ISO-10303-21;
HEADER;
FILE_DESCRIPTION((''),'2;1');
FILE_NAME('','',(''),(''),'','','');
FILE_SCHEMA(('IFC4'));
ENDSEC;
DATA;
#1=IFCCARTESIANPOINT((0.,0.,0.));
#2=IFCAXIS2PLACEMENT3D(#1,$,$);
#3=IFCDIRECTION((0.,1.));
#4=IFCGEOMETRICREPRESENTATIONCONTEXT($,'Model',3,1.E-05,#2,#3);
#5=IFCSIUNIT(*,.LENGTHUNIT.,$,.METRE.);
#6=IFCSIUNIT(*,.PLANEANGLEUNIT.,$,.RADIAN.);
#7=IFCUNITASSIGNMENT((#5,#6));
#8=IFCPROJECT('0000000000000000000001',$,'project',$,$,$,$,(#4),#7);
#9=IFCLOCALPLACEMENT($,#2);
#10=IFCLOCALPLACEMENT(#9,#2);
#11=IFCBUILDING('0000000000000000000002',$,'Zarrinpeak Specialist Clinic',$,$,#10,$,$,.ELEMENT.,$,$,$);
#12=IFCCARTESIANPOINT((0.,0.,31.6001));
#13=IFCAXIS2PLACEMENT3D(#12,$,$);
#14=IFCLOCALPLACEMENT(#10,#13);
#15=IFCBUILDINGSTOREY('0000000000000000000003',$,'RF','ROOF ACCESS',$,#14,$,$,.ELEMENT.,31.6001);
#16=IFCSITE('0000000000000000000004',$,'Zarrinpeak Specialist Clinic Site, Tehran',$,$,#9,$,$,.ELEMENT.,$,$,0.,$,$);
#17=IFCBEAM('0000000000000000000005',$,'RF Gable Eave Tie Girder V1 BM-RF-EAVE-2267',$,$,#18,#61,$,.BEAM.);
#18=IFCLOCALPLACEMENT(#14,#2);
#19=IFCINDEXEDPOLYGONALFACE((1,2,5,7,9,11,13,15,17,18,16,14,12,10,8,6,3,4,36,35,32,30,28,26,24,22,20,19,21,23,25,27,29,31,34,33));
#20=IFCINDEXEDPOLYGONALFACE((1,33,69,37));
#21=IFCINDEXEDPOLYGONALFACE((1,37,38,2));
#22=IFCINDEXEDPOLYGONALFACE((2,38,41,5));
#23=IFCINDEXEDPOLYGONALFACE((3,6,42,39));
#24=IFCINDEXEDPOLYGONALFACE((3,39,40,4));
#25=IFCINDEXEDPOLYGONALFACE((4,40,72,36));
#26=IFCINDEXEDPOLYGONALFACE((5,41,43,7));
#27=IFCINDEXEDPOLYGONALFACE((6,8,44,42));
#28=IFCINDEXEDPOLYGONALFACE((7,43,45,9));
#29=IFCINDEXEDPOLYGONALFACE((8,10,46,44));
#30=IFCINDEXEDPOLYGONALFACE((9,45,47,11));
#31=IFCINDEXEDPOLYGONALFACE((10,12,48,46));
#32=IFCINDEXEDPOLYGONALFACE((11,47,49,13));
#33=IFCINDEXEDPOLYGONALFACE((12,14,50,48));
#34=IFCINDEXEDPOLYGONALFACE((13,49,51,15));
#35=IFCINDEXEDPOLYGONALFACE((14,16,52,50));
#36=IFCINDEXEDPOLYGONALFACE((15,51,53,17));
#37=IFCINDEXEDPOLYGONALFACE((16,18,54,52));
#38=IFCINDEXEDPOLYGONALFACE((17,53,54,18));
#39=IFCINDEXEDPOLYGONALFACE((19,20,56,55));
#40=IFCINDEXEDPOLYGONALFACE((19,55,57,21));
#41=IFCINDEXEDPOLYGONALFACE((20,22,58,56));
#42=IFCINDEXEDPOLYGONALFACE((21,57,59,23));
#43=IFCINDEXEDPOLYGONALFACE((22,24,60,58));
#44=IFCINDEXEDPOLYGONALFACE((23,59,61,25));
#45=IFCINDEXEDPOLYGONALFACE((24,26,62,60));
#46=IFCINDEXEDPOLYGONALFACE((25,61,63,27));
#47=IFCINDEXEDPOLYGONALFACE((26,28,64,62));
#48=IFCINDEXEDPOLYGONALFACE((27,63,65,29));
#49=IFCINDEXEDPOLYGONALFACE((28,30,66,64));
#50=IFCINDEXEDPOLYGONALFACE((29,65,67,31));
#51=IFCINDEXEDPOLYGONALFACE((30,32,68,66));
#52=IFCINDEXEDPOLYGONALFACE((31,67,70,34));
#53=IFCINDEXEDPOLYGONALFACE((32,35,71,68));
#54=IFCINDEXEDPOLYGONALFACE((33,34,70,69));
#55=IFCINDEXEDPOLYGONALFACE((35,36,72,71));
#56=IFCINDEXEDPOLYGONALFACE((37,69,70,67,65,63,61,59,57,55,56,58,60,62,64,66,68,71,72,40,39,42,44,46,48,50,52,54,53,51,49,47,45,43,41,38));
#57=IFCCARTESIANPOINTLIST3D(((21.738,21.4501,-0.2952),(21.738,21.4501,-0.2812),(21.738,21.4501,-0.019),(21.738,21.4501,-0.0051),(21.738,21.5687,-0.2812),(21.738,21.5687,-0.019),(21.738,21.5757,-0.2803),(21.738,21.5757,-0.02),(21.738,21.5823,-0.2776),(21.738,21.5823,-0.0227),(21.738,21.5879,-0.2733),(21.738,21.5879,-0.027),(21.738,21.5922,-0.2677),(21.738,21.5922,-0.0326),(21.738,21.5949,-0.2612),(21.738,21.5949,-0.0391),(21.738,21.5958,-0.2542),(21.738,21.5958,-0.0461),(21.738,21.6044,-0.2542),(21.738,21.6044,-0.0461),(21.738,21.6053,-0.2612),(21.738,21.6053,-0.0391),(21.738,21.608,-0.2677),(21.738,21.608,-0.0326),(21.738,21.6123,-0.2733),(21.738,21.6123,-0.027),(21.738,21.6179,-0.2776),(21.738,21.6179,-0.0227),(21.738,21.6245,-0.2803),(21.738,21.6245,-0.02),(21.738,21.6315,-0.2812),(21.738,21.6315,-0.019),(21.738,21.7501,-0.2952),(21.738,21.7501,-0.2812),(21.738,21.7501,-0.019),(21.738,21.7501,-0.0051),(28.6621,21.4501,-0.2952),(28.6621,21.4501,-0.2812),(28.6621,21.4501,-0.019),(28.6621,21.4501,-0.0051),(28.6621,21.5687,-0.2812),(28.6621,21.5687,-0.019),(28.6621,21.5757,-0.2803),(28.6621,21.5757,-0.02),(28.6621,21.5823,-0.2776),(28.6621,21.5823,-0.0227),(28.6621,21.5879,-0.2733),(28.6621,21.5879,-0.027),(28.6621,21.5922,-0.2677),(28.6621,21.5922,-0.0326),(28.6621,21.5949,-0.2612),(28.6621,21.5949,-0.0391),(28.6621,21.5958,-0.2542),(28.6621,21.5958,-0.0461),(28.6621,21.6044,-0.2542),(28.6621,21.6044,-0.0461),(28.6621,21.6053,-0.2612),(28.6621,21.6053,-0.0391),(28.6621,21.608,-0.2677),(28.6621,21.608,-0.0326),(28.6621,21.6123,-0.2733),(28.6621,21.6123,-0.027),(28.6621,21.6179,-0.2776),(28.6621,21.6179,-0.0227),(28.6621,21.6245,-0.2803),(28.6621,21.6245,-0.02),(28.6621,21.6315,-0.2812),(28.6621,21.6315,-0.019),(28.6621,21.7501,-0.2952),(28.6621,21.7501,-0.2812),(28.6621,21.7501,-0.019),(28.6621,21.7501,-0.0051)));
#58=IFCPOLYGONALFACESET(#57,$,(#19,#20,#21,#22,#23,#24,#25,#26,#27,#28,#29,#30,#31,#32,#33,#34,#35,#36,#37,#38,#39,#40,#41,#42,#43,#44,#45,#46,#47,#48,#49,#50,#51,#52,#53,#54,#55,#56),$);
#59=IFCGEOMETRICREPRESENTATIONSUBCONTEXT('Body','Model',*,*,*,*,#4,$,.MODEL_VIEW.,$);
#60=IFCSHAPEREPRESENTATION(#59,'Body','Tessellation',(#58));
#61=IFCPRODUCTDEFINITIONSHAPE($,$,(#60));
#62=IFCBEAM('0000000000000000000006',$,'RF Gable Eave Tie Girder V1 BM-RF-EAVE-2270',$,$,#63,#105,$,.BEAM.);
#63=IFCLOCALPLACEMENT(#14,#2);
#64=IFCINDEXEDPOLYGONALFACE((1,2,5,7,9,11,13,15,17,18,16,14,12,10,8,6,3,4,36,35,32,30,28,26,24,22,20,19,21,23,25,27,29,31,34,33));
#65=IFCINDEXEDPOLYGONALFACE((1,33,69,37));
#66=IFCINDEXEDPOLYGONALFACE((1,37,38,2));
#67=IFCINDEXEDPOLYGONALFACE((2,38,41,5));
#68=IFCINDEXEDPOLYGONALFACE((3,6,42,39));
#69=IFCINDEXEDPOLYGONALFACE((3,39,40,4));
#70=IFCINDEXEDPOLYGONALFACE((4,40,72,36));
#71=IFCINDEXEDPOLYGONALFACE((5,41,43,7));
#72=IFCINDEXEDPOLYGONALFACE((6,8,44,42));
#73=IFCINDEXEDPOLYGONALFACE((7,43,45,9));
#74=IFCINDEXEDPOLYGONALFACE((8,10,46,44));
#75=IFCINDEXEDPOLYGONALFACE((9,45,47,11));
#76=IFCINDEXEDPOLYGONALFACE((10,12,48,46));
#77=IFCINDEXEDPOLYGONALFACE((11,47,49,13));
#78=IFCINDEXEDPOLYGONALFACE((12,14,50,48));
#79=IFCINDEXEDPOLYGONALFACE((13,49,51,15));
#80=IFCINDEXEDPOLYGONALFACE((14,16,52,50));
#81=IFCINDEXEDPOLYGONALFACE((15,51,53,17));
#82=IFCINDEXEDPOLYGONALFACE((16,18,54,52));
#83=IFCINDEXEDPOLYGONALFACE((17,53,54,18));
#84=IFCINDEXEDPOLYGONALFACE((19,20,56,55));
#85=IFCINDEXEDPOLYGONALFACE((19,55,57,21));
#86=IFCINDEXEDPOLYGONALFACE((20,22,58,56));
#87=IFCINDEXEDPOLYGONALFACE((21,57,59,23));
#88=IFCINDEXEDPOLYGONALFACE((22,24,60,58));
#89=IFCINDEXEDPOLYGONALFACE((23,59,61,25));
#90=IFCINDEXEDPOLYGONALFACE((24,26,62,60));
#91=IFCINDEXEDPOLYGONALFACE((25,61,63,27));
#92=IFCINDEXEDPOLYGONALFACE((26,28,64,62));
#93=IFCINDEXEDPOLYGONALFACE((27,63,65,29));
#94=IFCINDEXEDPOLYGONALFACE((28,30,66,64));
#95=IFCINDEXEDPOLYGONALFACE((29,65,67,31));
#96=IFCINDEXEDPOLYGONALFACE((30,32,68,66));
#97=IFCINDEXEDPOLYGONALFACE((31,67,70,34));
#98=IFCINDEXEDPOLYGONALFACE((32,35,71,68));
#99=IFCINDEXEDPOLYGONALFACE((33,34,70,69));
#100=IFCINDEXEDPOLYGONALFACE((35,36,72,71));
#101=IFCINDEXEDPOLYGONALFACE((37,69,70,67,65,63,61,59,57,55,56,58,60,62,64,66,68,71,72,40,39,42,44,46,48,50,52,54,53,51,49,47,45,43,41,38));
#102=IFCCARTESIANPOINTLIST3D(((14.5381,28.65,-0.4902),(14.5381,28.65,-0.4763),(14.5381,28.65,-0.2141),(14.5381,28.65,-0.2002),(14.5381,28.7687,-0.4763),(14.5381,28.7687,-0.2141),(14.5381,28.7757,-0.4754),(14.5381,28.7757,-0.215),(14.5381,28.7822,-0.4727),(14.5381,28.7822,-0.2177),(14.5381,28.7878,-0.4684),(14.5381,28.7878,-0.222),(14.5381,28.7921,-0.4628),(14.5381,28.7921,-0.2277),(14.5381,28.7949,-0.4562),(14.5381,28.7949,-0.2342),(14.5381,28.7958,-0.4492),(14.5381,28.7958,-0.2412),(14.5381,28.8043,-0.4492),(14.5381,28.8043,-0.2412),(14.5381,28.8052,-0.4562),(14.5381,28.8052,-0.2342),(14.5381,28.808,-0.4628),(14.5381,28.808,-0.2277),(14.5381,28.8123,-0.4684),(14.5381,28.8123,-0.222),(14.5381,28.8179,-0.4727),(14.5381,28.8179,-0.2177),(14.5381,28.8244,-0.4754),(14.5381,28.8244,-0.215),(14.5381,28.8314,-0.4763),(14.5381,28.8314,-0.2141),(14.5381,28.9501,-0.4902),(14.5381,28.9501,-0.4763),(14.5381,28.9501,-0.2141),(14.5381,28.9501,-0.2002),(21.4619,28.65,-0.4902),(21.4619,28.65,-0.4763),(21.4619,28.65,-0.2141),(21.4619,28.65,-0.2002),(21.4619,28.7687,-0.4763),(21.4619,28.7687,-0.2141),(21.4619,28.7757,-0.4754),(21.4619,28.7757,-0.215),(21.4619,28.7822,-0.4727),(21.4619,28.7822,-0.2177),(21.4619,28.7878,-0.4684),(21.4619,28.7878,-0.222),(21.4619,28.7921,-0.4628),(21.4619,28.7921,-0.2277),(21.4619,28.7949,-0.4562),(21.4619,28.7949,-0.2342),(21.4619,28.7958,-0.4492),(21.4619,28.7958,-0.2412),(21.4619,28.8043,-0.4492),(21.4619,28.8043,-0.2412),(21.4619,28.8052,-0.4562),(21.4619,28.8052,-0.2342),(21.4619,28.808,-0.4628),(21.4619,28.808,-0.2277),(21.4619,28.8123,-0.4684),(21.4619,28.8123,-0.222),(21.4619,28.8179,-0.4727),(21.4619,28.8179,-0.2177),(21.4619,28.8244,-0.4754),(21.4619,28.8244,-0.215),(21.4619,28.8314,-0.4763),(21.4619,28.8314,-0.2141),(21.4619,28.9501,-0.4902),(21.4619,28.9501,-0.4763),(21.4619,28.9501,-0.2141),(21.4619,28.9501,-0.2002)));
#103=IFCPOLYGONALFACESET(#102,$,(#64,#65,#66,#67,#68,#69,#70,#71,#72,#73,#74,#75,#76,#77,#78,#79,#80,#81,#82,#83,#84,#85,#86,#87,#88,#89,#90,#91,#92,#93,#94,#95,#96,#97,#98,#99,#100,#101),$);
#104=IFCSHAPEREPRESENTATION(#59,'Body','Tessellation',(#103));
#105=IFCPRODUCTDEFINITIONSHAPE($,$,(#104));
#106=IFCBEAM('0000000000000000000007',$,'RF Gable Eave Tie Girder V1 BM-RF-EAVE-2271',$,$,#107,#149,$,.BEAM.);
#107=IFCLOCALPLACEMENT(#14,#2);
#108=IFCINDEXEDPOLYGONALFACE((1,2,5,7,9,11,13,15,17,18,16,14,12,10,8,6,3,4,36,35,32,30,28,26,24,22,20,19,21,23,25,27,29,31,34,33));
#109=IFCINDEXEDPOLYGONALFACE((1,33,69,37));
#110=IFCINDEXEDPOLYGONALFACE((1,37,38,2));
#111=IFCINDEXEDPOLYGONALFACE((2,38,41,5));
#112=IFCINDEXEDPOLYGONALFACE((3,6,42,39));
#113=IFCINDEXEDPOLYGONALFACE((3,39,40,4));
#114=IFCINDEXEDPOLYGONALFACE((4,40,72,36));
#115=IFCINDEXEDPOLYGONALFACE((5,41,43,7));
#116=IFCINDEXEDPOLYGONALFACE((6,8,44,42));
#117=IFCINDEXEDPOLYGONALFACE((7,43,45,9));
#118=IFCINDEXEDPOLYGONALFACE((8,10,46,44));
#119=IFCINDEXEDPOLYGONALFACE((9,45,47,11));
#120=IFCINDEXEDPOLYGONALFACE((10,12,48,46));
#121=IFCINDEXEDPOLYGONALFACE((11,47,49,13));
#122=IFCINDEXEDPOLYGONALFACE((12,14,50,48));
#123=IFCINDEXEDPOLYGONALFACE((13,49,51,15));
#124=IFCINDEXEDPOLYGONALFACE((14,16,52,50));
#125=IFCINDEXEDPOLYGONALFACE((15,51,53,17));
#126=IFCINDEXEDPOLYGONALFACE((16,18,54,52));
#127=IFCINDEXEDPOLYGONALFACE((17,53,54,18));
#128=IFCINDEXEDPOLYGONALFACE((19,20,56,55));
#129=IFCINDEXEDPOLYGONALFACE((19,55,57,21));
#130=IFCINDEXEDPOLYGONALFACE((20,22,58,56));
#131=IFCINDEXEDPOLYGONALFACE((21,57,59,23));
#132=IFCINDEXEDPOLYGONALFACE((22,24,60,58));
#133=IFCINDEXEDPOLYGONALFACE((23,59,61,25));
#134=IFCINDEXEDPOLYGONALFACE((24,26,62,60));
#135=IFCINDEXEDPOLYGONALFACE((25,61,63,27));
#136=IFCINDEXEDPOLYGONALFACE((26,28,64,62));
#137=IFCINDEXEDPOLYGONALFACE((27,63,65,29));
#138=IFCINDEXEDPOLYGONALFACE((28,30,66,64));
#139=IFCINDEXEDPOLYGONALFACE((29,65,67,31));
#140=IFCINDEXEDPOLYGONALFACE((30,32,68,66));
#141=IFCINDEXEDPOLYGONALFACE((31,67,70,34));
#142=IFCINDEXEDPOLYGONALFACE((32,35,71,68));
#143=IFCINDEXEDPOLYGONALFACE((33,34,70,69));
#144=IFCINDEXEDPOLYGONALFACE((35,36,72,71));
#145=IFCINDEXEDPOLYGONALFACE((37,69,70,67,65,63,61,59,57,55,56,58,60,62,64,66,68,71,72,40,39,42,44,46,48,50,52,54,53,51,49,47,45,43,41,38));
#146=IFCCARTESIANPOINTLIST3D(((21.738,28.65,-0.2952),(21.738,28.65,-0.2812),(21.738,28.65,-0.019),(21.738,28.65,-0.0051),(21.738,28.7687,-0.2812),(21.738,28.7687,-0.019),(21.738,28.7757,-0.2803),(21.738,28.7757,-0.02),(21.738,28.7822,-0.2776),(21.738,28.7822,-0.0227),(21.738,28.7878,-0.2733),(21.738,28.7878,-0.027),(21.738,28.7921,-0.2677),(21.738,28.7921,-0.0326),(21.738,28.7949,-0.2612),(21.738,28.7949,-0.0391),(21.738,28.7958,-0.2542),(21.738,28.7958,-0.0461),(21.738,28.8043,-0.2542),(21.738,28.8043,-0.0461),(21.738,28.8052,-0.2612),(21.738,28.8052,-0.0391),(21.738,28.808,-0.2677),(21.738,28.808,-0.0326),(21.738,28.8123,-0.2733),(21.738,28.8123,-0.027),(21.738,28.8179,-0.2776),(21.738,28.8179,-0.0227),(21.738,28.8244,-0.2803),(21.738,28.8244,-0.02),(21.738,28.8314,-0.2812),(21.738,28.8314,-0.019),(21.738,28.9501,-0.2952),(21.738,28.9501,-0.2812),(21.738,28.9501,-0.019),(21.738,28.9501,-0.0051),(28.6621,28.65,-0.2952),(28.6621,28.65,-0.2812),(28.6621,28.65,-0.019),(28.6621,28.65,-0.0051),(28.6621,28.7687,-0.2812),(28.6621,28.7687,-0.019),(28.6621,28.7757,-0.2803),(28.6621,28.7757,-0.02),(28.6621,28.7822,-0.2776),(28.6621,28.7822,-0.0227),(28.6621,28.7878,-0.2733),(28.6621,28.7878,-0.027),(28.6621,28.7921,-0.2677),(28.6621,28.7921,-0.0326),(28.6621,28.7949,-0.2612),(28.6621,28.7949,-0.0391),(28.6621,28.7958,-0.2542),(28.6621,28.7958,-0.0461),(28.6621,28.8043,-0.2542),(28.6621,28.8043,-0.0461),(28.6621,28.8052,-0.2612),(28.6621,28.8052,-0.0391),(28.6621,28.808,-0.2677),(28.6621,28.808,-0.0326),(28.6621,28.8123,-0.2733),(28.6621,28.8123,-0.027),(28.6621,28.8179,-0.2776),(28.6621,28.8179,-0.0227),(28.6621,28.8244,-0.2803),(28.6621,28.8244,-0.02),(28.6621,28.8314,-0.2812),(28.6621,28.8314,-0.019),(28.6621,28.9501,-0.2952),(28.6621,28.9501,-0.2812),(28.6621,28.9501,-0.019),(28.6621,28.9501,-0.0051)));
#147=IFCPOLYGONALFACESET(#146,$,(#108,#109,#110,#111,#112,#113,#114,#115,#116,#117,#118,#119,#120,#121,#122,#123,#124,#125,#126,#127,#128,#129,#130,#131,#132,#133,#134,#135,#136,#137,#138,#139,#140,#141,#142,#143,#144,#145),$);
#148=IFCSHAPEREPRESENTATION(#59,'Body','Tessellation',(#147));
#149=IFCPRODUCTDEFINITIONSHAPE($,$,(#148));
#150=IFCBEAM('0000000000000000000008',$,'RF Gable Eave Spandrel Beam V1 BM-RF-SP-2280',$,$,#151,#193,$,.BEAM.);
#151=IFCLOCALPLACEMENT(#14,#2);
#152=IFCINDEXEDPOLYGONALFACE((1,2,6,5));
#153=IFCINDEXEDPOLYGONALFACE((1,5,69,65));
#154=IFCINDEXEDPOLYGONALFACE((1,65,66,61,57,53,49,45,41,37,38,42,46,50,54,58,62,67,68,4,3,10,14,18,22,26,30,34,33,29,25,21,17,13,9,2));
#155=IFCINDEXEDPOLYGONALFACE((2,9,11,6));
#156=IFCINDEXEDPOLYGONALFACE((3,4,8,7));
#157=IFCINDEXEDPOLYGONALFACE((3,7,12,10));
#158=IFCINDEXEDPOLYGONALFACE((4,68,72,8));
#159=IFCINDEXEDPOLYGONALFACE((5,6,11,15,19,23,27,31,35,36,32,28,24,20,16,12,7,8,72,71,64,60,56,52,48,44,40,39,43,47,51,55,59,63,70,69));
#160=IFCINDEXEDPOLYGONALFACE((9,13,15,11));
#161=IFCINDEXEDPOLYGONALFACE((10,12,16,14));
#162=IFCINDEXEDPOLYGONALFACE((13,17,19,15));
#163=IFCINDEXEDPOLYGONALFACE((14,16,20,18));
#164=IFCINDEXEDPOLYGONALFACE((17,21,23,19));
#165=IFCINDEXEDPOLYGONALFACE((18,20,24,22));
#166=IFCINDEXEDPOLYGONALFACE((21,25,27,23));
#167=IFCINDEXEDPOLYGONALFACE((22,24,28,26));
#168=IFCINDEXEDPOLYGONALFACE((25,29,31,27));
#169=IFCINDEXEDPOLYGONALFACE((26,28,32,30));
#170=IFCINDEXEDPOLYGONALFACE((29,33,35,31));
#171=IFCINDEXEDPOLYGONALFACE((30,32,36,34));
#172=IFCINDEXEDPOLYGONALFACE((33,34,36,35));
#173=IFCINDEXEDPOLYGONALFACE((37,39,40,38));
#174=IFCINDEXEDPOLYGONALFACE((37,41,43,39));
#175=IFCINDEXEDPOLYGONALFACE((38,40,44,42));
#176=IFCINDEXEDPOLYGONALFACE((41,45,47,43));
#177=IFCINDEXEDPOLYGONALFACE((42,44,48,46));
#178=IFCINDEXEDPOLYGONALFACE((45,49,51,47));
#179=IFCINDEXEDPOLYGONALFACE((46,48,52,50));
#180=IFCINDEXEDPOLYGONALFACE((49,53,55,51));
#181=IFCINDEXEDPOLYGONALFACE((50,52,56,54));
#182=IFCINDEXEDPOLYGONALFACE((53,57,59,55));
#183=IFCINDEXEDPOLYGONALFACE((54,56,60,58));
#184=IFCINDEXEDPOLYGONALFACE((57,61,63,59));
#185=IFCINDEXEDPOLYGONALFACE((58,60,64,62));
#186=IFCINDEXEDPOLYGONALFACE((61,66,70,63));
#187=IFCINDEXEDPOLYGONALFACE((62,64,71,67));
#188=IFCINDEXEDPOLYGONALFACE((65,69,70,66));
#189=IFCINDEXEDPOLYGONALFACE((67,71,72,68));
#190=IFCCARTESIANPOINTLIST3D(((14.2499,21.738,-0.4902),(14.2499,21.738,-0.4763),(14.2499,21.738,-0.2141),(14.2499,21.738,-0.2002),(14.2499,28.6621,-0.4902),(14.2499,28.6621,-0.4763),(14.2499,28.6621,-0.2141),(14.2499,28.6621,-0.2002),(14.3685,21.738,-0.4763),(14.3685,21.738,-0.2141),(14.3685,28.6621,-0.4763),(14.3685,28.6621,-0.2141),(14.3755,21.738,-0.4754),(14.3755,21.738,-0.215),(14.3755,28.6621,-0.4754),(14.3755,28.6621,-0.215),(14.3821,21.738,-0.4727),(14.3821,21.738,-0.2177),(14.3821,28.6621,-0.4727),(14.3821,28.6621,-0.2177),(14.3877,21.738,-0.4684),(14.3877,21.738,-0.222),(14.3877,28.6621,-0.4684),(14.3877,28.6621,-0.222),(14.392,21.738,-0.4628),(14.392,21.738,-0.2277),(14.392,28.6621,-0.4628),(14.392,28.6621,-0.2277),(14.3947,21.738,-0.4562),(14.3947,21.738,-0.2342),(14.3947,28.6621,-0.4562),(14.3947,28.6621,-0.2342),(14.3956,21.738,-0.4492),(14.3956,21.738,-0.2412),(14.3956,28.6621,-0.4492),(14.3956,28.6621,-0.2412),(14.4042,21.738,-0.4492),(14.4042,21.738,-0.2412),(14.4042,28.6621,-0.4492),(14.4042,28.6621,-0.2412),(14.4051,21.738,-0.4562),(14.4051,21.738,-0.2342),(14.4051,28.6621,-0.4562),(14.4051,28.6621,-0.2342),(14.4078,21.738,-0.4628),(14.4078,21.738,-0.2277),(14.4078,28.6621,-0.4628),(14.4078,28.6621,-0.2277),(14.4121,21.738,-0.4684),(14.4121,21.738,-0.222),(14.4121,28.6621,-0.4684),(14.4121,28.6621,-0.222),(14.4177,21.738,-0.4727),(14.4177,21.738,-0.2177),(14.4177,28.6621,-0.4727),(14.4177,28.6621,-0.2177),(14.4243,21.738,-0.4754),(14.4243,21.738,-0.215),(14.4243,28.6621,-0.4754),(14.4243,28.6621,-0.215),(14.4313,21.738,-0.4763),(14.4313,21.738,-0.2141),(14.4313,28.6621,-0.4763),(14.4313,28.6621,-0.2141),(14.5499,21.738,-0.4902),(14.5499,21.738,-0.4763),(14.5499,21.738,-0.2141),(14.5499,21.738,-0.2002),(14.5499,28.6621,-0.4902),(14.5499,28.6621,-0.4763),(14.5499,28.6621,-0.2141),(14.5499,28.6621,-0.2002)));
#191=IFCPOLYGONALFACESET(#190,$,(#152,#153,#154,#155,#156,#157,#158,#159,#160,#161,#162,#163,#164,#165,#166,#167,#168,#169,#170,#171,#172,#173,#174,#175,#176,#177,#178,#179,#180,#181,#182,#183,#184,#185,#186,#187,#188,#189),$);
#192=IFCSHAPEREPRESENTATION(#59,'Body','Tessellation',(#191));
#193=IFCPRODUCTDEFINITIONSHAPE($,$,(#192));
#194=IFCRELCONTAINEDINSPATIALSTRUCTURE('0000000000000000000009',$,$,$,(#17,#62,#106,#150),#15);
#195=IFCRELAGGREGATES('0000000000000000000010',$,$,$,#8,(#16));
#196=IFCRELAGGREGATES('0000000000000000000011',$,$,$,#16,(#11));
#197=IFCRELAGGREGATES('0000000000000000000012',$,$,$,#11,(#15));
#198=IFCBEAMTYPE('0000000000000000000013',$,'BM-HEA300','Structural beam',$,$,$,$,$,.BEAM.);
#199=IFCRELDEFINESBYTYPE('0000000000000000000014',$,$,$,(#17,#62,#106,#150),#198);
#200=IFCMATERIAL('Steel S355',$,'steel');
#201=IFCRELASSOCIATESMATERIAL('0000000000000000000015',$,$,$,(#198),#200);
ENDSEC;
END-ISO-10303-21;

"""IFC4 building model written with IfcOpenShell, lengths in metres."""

from ifc_helpers import new_model, si_unit, direction, frame, origin, origin_2d, place, context, subcontext, project, spatial, i_section, extrude, material, material_profile, profile_set, type_object, element, save


model = new_model("IFC4")

# Units and contexts
model_context = context("Model", 3, precision=1e-05, world=origin(), true_north=direction((0.0, 1.0)))
body_context = subcontext(model_context, "Body", "Model", "MODEL_VIEW")
ifc_project = project(units=[si_unit("LENGTHUNIT", "METRE"), si_unit("PLANEANGLEUNIT", "RADIAN")], contexts=[model_context])

# Site, building, storey
site_placement = place(None, origin())
site = spatial("IfcSite", under=ifc_project, at=site_placement, Name="Zarrinpeak Specialist Clinic Site, Tehran", CompositionType="ELEMENT", RefElevation=0.0)
building_placement = place(site_placement, origin())
building = spatial("IfcBuilding", under=site, at=building_placement, Name="Zarrinpeak Specialist Clinic", CompositionType="ELEMENT")
storey_placement = place(building_placement, frame((0.0, 0.0, 31.6001)))
storey = spatial("IfcBuildingStorey", under=building, at=storey_placement, Name="RF", Description="ROOF ACCESS", CompositionType="ELEMENT", Elevation=31.6001)

# Shared definitions
ifc_material_1 = material(Name="Steel S355", Category="steel")

# Beams
ifc_material_profile_1 = material_profile(ifc_material_1, i_section(OverallWidth=0.3, OverallDepth=0.29, WebThickness=0.0085, FlangeThickness=0.0139, FilletRadius=0.0271, at=origin_2d()), Name="HEA 300")
ifc_profile_set_1 = profile_set([ifc_material_profile_1], Name="Steel S355")
beam_type_1 = type_object("IfcBeamType", Name="BM-HEA300", Description="Structural beam", PredefinedType="BEAM", material=ifc_profile_set_1)
beam_1_placement = place(storey_placement, frame((21.738, 21.6001, -0.1501), z_axis=(1.0, 0.0, 0.0), x_axis=(0.0, 1.0, 0.0)))
element("IfcBeam", 1, at=beam_1_placement, inside=storey, type_object=beam_type_1, Name="RF Gable Eave Tie Girder V1 BM-RF-EAVE-2267", PredefinedType="BEAM", context=body_context, shape_type="SweptSolid", body=[
    extrude(i_section(OverallWidth=0.3, OverallDepth=0.29, WebThickness=0.0085, FlangeThickness=0.0139, FilletRadius=0.0271, at=origin_2d()), origin(), (0.0, 0.0, 1.0), 6.9241),
])
beam_2_placement = place(storey_placement, frame((14.5381, 28.8, -0.3452), z_axis=(1.0, 0.0, 0.0), x_axis=(0.0, 1.0, 0.0)))
element("IfcBeam", 2, at=beam_2_placement, inside=storey, type_object=beam_type_1, Name="RF Gable Eave Tie Girder V1 BM-RF-EAVE-2270", PredefinedType="BEAM", context=body_context, shape_type="SweptSolid", body=[
    extrude(i_section(OverallWidth=0.3, OverallDepth=0.29, WebThickness=0.0085, FlangeThickness=0.0139, FilletRadius=0.0271, at=origin_2d()), origin(), (0.0, 0.0, 1.0), 6.9238),
])
for number, where, z_axis, x_axis, name in (
    (3, (21.738, 28.8, -0.1501), (1.0, 0.0, 0.0), (0.0, 1.0, 0.0), "RF Gable Eave Tie Girder V1 BM-RF-EAVE-2271"),
    (4, (14.3999, 21.738, -0.3452), (0.0, 1.0, 0.0), (-1.0, 0.0, 0.0), "RF Gable Eave Spandrel Beam V1 BM-RF-SP-2280"),
):
    element("IfcBeam", number, at=place(storey_placement, frame(where, z_axis=z_axis, x_axis=x_axis)), inside=storey, type_object=beam_type_1, Name=name, PredefinedType="BEAM", context=body_context, shape_type="SweptSolid", body=[
        extrude(i_section(OverallWidth=0.3, OverallDepth=0.29, WebThickness=0.0085, FlangeThickness=0.0139, FilletRadius=0.0271, at=origin_2d()), origin(), (0.0, 0.0, 1.0), 6.9241),
    ])

save(model, "model.ifc")
